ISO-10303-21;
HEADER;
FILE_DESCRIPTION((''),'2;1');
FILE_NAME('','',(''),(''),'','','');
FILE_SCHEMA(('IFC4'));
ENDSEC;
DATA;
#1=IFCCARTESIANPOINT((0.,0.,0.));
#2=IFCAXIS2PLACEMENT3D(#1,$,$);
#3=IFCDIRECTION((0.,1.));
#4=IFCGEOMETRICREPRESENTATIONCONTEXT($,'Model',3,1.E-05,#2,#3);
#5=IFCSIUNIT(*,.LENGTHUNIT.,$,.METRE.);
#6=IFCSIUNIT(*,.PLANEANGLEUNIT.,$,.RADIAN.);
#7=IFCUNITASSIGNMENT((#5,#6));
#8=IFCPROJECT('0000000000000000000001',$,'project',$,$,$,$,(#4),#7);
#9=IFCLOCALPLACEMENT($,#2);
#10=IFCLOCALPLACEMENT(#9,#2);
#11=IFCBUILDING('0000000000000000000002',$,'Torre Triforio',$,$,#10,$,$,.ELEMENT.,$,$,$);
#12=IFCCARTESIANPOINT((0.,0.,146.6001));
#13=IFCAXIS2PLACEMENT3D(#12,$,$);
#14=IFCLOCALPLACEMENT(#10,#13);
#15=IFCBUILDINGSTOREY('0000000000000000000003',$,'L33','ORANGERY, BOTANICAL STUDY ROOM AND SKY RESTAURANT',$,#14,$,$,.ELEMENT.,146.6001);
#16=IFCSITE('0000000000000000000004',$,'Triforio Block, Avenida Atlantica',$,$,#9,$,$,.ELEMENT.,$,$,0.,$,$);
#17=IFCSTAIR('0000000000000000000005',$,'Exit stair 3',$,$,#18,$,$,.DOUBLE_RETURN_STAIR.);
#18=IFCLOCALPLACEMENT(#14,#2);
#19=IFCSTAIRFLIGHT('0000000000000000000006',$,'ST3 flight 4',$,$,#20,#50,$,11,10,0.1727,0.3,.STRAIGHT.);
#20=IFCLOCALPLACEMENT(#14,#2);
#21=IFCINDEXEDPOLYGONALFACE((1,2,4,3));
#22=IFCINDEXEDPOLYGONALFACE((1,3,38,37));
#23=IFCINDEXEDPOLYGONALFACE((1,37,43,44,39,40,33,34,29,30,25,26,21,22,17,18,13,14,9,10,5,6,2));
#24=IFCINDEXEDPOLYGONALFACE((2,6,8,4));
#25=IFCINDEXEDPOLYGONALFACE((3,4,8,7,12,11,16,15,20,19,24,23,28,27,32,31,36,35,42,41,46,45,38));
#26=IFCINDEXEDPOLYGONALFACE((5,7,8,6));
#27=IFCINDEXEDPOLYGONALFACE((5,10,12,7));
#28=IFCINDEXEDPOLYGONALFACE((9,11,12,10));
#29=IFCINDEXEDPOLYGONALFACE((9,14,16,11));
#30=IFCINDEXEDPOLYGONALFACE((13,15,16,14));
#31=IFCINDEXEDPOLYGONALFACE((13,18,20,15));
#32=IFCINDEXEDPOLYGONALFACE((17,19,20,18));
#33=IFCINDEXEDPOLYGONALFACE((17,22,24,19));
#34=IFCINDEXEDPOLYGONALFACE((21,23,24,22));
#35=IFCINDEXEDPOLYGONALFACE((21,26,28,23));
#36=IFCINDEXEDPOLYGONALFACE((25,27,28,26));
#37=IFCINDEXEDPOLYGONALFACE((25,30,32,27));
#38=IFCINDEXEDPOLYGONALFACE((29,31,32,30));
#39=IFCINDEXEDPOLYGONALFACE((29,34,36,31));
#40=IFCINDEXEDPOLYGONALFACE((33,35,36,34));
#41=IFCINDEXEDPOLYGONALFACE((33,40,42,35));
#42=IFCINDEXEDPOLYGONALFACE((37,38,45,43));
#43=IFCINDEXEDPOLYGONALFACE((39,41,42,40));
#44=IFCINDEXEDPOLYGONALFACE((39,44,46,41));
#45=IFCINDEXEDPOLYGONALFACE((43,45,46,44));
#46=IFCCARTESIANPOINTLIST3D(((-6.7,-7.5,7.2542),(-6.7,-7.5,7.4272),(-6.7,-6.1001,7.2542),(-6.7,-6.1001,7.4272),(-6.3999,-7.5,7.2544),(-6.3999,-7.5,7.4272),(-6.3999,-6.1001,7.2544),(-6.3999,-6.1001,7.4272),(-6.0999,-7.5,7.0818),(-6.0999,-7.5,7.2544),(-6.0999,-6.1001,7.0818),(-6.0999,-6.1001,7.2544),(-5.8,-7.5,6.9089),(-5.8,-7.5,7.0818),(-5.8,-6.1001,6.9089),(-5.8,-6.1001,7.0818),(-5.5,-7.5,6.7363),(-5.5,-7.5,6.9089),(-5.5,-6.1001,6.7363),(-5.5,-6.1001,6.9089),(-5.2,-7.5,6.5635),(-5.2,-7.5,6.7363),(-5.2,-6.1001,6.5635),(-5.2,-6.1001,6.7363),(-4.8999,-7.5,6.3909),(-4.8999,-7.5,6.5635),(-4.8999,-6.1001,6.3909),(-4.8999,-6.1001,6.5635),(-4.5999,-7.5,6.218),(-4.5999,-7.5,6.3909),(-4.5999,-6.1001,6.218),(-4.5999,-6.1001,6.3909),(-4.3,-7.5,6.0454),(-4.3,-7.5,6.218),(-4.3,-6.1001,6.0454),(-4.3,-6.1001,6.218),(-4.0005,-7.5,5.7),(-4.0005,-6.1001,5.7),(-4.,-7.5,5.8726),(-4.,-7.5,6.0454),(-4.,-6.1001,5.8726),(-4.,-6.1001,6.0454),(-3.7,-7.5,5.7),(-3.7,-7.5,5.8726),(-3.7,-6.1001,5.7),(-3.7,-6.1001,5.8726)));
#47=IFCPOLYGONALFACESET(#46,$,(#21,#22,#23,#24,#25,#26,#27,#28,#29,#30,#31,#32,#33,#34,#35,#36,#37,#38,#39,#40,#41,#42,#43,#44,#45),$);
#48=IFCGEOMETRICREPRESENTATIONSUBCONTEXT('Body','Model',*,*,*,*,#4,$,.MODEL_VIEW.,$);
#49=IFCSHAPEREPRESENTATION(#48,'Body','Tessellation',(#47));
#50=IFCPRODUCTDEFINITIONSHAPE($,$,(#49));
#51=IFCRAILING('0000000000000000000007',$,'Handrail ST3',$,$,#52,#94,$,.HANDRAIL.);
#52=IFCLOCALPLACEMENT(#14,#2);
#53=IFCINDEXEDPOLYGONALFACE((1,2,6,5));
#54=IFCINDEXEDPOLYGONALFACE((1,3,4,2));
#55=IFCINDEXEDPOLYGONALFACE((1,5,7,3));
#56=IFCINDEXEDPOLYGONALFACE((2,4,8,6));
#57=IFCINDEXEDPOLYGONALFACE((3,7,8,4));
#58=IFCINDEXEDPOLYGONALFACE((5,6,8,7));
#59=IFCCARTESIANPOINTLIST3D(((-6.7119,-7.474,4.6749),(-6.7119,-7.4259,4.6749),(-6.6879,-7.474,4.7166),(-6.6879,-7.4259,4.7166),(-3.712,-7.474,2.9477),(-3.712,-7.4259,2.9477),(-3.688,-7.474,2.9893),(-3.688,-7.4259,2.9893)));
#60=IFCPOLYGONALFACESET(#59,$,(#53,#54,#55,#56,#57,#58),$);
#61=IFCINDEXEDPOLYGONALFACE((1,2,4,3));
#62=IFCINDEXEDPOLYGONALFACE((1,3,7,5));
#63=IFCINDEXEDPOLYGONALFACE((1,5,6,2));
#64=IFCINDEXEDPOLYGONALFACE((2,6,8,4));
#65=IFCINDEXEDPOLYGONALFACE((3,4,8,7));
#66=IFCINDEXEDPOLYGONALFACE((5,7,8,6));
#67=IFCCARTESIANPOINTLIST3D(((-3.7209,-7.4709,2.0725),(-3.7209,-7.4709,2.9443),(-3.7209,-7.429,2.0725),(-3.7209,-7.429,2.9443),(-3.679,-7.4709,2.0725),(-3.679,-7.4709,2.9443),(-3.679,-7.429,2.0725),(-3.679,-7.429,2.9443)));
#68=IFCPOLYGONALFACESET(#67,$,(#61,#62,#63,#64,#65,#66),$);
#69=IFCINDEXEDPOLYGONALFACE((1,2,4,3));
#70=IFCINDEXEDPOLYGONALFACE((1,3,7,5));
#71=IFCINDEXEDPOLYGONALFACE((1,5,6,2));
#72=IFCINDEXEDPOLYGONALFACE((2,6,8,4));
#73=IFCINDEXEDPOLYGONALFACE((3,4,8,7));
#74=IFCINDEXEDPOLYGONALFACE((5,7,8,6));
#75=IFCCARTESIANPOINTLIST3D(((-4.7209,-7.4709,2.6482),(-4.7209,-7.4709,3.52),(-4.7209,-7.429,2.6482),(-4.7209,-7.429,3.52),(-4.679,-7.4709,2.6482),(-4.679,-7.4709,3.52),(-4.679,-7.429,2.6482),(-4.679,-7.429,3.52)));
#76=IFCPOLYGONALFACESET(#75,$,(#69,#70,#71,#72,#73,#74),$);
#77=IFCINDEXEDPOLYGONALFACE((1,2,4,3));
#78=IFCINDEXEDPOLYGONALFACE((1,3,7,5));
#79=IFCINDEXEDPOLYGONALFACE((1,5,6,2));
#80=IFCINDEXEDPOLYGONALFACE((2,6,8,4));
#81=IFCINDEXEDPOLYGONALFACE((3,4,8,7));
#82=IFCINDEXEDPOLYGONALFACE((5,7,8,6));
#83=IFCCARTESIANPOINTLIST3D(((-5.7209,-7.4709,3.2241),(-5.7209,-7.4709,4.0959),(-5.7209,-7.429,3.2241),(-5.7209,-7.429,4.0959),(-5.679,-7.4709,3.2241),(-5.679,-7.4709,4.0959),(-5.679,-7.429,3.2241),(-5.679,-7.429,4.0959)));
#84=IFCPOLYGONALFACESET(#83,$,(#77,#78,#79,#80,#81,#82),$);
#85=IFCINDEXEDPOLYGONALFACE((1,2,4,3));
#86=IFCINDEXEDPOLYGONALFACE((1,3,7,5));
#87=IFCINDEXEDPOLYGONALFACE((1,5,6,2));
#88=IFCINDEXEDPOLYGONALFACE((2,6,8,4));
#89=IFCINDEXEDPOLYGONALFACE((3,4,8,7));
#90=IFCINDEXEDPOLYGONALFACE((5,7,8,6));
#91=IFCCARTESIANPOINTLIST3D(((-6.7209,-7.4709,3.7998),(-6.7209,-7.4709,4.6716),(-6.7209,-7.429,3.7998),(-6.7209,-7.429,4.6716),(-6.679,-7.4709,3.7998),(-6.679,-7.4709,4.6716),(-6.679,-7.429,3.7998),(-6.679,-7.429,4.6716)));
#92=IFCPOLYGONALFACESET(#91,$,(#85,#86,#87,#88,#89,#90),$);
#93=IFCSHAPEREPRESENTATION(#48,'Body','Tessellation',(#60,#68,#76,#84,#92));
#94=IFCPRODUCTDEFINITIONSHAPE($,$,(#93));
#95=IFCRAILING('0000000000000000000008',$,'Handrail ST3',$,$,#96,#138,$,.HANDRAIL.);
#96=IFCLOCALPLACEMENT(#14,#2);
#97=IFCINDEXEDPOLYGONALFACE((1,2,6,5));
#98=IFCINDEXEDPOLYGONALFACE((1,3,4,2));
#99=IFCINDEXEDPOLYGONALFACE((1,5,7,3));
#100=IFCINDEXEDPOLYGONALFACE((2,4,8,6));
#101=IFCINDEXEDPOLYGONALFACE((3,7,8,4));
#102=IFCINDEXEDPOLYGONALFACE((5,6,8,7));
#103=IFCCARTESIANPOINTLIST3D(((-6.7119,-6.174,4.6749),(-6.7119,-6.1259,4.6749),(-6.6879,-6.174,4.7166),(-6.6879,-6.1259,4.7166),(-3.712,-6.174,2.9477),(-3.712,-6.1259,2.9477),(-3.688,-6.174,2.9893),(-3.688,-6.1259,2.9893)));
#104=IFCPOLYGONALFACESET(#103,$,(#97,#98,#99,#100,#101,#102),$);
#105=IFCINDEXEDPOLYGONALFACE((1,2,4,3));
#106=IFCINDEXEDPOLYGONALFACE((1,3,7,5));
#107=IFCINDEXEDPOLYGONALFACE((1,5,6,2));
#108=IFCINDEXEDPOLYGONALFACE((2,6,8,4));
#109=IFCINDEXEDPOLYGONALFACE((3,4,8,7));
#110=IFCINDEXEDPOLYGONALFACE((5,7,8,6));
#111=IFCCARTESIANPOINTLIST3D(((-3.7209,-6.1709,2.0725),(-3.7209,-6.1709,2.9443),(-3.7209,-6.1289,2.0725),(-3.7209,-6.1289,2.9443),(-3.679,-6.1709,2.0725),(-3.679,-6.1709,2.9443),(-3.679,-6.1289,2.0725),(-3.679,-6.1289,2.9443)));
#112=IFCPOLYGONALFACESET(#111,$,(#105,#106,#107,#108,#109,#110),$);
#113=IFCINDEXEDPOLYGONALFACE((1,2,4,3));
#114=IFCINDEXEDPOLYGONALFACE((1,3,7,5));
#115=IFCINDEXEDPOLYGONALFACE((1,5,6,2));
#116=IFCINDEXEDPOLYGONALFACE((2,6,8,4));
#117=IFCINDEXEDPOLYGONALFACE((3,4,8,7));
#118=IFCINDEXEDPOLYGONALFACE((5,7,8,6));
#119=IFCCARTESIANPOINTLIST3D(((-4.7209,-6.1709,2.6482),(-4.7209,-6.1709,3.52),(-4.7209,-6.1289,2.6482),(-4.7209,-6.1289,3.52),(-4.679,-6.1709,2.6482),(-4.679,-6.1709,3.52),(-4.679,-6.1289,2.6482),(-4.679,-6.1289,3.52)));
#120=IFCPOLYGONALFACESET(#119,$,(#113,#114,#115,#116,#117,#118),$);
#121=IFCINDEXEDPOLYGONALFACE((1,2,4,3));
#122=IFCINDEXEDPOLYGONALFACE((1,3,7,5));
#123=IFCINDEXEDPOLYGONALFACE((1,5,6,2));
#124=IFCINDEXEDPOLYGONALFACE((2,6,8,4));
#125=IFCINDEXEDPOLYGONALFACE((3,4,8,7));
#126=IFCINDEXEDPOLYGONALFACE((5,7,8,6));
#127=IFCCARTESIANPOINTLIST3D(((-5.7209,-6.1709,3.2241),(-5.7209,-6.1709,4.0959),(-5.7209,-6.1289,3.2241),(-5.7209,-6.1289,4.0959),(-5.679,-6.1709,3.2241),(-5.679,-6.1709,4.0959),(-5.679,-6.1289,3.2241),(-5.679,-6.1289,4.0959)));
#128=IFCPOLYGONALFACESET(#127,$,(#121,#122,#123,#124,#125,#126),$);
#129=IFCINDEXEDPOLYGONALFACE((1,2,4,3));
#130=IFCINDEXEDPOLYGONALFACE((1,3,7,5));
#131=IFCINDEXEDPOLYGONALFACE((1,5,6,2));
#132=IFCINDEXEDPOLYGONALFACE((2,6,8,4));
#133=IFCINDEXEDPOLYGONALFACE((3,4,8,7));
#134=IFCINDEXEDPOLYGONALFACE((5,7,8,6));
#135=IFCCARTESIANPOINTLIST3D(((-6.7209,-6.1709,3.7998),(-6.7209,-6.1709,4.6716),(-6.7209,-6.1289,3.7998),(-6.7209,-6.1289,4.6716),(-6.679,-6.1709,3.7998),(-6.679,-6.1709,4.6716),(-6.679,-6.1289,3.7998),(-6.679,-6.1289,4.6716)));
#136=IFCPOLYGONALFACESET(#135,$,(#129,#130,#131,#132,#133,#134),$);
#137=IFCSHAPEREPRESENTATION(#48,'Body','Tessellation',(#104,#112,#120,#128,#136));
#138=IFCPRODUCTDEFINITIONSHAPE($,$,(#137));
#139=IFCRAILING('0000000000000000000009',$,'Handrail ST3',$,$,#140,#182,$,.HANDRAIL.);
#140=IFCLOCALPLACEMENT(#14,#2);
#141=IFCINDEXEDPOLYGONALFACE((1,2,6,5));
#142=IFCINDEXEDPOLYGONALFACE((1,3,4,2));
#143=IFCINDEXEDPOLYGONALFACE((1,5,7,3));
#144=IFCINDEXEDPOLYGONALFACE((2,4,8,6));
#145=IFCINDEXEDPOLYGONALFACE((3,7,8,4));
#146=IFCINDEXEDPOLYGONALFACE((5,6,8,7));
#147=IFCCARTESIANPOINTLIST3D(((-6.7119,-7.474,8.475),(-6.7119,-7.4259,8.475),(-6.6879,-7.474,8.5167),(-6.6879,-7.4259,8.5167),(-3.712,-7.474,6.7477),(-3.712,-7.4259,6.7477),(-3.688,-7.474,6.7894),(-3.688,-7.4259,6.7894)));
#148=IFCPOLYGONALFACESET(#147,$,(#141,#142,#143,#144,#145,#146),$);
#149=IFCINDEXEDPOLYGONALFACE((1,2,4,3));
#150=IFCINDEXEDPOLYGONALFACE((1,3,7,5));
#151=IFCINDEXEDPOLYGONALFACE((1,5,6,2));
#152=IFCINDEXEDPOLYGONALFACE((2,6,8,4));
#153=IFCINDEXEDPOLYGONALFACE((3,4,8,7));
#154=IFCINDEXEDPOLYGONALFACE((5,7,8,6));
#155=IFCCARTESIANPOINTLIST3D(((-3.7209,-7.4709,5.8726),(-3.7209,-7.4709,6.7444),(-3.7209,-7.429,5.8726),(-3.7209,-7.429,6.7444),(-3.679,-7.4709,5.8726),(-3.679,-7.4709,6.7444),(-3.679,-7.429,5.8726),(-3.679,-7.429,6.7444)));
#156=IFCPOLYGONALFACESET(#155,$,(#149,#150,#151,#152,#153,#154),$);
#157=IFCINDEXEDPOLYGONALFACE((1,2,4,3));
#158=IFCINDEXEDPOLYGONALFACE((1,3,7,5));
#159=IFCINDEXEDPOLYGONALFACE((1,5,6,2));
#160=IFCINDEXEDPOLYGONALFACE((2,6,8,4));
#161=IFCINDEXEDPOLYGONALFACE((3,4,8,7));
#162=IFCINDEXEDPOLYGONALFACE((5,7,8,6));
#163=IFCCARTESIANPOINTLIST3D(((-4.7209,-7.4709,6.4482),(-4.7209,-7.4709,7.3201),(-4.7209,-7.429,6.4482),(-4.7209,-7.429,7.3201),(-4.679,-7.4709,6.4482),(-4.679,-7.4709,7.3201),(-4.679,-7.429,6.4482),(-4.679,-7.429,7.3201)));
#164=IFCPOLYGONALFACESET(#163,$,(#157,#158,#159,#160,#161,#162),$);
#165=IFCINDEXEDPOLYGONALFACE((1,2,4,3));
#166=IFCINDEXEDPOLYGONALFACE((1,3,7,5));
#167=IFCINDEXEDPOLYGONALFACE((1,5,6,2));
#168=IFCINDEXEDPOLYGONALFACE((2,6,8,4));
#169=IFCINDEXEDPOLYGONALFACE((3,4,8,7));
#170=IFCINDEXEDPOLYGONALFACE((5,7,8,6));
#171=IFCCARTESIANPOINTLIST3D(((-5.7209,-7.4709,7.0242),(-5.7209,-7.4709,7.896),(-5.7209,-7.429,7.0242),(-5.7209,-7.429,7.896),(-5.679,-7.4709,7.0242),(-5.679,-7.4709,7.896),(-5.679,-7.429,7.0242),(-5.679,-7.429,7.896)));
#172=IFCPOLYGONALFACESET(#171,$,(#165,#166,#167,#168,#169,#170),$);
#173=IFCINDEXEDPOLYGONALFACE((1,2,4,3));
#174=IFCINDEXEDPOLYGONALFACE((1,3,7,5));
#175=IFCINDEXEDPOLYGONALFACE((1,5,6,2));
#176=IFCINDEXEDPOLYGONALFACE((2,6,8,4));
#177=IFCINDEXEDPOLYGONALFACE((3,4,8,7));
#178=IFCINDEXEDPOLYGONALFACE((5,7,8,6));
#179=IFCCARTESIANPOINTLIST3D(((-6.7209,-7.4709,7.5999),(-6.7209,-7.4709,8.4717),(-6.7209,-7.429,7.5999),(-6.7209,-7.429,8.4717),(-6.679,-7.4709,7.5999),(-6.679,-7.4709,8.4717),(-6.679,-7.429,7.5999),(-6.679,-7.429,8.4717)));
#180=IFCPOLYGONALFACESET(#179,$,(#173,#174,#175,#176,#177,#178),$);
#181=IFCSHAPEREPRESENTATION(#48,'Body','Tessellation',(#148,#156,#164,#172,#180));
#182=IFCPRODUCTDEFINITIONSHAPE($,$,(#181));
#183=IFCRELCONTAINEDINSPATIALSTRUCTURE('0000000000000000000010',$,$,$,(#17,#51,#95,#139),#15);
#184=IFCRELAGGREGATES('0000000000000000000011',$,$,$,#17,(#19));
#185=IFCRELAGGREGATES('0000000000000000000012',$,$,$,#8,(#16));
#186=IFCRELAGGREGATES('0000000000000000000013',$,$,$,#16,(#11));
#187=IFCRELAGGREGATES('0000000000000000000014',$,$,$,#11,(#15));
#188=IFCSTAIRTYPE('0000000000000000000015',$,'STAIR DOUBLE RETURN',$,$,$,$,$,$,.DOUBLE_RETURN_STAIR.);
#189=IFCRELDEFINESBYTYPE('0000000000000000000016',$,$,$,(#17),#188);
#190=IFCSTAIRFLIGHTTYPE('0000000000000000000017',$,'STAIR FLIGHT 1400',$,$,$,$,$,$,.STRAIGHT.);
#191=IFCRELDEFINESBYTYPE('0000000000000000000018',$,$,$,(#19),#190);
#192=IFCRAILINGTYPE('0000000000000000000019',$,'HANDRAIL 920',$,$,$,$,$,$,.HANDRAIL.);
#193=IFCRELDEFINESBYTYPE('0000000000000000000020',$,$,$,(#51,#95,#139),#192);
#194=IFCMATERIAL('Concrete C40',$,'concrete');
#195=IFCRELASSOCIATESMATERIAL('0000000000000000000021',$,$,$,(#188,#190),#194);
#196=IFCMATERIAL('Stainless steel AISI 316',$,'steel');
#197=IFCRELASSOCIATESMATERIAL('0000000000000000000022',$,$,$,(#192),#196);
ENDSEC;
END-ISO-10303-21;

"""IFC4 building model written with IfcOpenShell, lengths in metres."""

from ifc_helpers import new_model, si_unit, direction, frame, origin, origin_2d, place, context, subcontext, project, spatial, polyline, rectangle, outline, extrude, material, type_object, element, aggregate, save


model = new_model("IFC4")

# Units and contexts
model_context = context("Model", 3, precision=1e-05, world=origin(), true_north=direction((0.0, 1.0)))
body_context = subcontext(model_context, "Body", "Model", "MODEL_VIEW")
ifc_project = project(units=[si_unit("LENGTHUNIT", "METRE"), si_unit("PLANEANGLEUNIT", "RADIAN")], contexts=[model_context])

# Site, building, storey
site_placement = place(None, origin())
site = spatial("IfcSite", under=ifc_project, at=site_placement, Name="Triforio Block, Avenida Atlantica", CompositionType="ELEMENT", RefElevation=0.0)
building_placement = place(site_placement, origin())
building = spatial("IfcBuilding", under=site, at=building_placement, Name="Torre Triforio", CompositionType="ELEMENT")
storey_placement = place(building_placement, frame((0.0, 0.0, 146.6001)))
storey = spatial("IfcBuildingStorey", under=building, at=storey_placement, Name="L33", Description="ORANGERY, BOTANICAL STUDY ROOM AND SKY RESTAURANT", CompositionType="ELEMENT", Elevation=146.6001)

# Stair, stair flight
ifc_material_1 = material(Name="Concrete C40", Category="concrete")
stair_type = type_object("IfcStairType", Name="STAIR DOUBLE RETURN", PredefinedType="DOUBLE_RETURN_STAIR", material=ifc_material_1)
stair_placement = place(storey_placement, origin())
stair = element("IfcStair", 1, at=stair_placement, inside=storey, type_object=stair_type, Name="Exit stair 3", PredefinedType="DOUBLE_RETURN_STAIR")
stair_flight_type = type_object("IfcStairFlightType", Name="STAIR FLIGHT 1400", PredefinedType="STRAIGHT", material=ifc_material_1)
stair_flight_1_placement = place(storey_placement, frame((-3.7, -6.8, 5.7), z_axis=(0.0, 0.0, 1.0), x_axis=(-1.0, 0.0, 0.0)))
stair_flight_1 = element("IfcStairFlight", 2, at=stair_flight_1_placement, type_object=stair_flight_type, Name="ST3 flight 4", NumberOfRisers=11, NumberOfTreads=10, PredefinedType="STRAIGHT", RiserHeight=0.1727, TreadLength=0.3, context=body_context, shape_type="SweptSolid", body=[
    extrude(outline(polyline([(0.0, 0.0), (0.0, 0.1726), (0.3, 0.1726), (0.3, 0.3455), (0.6001, 0.3455), (0.6001, 0.5181), (0.8999, 0.5181), (0.8999, 0.6909), (1.2, 0.6909), (1.2, 0.8635), (1.5, 0.8635), (1.5, 1.0364), (1.8, 1.0364), (1.8, 1.209), (2.1001, 1.209), (2.1001, 1.3818), (2.3999, 1.3818), (2.3999, 1.5544), (2.7, 1.5544), (2.7, 1.7273), (3.0, 1.7273), (3.0, 1.8999), (3.0, 1.5542), (0.3005, 0.0), (0.0, 0.0)])), frame((0.0, 0.7, 0.0), z_axis=(0.0, -1.0, 0.0), x_axis=(1.0, 0.0, 0.0)), (0.0, 0.0, 1.0), 1.3999),
])
aggregate(stair, [stair_flight_1])

# Railings
ifc_material_2 = material(Name="Stainless steel AISI 316", Category="steel")
railing_type = type_object("IfcRailingType", Name="HANDRAIL 920", PredefinedType="HANDRAIL", material=ifc_material_2)
for number, where, name in (
    (3, (-3.7, -7.45, 2.0725), "Handrail ST3"),
    (4, (-3.7, -6.1499, 2.0725), "Handrail ST3"),
    (5, (-3.7, -7.45, 5.8726), "Handrail ST3"),
):
    element("IfcRailing", number, at=place(storey_placement, frame(where)), inside=storey, type_object=railing_type, Name=name, PredefinedType="HANDRAIL", context=body_context, shape_type="SweptSolid", body=[
        extrude(rectangle(XDim=0.0481, YDim=0.0481, at=origin_2d()), frame((0.0, 0.0, 0.896), z_axis=(-0.86662, 0.0, 0.498969), x_axis=(0.0, -1.0, 0.0)), (0.0, 0.0, 1.0), 3.4617),
        extrude(rectangle(XDim=0.042, YDim=0.042, at=origin_2d()), origin(), (0.0, 0.0, 1.0), 0.8718),
        extrude(rectangle(XDim=0.042, YDim=0.042, at=origin_2d()), frame((-1.0, 0.0, 0.5757)), (0.0, 0.0, 1.0), 0.8718),
        extrude(rectangle(XDim=0.042, YDim=0.042, at=origin_2d()), frame((-2.0, 0.0, 1.1516)), (0.0, 0.0, 1.0), 0.8718),
        extrude(rectangle(XDim=0.042, YDim=0.042, at=origin_2d()), frame((-3.0, 0.0, 1.7273)), (0.0, 0.0, 1.0), 0.8718),
    ])

save(model, "model.ifc")
